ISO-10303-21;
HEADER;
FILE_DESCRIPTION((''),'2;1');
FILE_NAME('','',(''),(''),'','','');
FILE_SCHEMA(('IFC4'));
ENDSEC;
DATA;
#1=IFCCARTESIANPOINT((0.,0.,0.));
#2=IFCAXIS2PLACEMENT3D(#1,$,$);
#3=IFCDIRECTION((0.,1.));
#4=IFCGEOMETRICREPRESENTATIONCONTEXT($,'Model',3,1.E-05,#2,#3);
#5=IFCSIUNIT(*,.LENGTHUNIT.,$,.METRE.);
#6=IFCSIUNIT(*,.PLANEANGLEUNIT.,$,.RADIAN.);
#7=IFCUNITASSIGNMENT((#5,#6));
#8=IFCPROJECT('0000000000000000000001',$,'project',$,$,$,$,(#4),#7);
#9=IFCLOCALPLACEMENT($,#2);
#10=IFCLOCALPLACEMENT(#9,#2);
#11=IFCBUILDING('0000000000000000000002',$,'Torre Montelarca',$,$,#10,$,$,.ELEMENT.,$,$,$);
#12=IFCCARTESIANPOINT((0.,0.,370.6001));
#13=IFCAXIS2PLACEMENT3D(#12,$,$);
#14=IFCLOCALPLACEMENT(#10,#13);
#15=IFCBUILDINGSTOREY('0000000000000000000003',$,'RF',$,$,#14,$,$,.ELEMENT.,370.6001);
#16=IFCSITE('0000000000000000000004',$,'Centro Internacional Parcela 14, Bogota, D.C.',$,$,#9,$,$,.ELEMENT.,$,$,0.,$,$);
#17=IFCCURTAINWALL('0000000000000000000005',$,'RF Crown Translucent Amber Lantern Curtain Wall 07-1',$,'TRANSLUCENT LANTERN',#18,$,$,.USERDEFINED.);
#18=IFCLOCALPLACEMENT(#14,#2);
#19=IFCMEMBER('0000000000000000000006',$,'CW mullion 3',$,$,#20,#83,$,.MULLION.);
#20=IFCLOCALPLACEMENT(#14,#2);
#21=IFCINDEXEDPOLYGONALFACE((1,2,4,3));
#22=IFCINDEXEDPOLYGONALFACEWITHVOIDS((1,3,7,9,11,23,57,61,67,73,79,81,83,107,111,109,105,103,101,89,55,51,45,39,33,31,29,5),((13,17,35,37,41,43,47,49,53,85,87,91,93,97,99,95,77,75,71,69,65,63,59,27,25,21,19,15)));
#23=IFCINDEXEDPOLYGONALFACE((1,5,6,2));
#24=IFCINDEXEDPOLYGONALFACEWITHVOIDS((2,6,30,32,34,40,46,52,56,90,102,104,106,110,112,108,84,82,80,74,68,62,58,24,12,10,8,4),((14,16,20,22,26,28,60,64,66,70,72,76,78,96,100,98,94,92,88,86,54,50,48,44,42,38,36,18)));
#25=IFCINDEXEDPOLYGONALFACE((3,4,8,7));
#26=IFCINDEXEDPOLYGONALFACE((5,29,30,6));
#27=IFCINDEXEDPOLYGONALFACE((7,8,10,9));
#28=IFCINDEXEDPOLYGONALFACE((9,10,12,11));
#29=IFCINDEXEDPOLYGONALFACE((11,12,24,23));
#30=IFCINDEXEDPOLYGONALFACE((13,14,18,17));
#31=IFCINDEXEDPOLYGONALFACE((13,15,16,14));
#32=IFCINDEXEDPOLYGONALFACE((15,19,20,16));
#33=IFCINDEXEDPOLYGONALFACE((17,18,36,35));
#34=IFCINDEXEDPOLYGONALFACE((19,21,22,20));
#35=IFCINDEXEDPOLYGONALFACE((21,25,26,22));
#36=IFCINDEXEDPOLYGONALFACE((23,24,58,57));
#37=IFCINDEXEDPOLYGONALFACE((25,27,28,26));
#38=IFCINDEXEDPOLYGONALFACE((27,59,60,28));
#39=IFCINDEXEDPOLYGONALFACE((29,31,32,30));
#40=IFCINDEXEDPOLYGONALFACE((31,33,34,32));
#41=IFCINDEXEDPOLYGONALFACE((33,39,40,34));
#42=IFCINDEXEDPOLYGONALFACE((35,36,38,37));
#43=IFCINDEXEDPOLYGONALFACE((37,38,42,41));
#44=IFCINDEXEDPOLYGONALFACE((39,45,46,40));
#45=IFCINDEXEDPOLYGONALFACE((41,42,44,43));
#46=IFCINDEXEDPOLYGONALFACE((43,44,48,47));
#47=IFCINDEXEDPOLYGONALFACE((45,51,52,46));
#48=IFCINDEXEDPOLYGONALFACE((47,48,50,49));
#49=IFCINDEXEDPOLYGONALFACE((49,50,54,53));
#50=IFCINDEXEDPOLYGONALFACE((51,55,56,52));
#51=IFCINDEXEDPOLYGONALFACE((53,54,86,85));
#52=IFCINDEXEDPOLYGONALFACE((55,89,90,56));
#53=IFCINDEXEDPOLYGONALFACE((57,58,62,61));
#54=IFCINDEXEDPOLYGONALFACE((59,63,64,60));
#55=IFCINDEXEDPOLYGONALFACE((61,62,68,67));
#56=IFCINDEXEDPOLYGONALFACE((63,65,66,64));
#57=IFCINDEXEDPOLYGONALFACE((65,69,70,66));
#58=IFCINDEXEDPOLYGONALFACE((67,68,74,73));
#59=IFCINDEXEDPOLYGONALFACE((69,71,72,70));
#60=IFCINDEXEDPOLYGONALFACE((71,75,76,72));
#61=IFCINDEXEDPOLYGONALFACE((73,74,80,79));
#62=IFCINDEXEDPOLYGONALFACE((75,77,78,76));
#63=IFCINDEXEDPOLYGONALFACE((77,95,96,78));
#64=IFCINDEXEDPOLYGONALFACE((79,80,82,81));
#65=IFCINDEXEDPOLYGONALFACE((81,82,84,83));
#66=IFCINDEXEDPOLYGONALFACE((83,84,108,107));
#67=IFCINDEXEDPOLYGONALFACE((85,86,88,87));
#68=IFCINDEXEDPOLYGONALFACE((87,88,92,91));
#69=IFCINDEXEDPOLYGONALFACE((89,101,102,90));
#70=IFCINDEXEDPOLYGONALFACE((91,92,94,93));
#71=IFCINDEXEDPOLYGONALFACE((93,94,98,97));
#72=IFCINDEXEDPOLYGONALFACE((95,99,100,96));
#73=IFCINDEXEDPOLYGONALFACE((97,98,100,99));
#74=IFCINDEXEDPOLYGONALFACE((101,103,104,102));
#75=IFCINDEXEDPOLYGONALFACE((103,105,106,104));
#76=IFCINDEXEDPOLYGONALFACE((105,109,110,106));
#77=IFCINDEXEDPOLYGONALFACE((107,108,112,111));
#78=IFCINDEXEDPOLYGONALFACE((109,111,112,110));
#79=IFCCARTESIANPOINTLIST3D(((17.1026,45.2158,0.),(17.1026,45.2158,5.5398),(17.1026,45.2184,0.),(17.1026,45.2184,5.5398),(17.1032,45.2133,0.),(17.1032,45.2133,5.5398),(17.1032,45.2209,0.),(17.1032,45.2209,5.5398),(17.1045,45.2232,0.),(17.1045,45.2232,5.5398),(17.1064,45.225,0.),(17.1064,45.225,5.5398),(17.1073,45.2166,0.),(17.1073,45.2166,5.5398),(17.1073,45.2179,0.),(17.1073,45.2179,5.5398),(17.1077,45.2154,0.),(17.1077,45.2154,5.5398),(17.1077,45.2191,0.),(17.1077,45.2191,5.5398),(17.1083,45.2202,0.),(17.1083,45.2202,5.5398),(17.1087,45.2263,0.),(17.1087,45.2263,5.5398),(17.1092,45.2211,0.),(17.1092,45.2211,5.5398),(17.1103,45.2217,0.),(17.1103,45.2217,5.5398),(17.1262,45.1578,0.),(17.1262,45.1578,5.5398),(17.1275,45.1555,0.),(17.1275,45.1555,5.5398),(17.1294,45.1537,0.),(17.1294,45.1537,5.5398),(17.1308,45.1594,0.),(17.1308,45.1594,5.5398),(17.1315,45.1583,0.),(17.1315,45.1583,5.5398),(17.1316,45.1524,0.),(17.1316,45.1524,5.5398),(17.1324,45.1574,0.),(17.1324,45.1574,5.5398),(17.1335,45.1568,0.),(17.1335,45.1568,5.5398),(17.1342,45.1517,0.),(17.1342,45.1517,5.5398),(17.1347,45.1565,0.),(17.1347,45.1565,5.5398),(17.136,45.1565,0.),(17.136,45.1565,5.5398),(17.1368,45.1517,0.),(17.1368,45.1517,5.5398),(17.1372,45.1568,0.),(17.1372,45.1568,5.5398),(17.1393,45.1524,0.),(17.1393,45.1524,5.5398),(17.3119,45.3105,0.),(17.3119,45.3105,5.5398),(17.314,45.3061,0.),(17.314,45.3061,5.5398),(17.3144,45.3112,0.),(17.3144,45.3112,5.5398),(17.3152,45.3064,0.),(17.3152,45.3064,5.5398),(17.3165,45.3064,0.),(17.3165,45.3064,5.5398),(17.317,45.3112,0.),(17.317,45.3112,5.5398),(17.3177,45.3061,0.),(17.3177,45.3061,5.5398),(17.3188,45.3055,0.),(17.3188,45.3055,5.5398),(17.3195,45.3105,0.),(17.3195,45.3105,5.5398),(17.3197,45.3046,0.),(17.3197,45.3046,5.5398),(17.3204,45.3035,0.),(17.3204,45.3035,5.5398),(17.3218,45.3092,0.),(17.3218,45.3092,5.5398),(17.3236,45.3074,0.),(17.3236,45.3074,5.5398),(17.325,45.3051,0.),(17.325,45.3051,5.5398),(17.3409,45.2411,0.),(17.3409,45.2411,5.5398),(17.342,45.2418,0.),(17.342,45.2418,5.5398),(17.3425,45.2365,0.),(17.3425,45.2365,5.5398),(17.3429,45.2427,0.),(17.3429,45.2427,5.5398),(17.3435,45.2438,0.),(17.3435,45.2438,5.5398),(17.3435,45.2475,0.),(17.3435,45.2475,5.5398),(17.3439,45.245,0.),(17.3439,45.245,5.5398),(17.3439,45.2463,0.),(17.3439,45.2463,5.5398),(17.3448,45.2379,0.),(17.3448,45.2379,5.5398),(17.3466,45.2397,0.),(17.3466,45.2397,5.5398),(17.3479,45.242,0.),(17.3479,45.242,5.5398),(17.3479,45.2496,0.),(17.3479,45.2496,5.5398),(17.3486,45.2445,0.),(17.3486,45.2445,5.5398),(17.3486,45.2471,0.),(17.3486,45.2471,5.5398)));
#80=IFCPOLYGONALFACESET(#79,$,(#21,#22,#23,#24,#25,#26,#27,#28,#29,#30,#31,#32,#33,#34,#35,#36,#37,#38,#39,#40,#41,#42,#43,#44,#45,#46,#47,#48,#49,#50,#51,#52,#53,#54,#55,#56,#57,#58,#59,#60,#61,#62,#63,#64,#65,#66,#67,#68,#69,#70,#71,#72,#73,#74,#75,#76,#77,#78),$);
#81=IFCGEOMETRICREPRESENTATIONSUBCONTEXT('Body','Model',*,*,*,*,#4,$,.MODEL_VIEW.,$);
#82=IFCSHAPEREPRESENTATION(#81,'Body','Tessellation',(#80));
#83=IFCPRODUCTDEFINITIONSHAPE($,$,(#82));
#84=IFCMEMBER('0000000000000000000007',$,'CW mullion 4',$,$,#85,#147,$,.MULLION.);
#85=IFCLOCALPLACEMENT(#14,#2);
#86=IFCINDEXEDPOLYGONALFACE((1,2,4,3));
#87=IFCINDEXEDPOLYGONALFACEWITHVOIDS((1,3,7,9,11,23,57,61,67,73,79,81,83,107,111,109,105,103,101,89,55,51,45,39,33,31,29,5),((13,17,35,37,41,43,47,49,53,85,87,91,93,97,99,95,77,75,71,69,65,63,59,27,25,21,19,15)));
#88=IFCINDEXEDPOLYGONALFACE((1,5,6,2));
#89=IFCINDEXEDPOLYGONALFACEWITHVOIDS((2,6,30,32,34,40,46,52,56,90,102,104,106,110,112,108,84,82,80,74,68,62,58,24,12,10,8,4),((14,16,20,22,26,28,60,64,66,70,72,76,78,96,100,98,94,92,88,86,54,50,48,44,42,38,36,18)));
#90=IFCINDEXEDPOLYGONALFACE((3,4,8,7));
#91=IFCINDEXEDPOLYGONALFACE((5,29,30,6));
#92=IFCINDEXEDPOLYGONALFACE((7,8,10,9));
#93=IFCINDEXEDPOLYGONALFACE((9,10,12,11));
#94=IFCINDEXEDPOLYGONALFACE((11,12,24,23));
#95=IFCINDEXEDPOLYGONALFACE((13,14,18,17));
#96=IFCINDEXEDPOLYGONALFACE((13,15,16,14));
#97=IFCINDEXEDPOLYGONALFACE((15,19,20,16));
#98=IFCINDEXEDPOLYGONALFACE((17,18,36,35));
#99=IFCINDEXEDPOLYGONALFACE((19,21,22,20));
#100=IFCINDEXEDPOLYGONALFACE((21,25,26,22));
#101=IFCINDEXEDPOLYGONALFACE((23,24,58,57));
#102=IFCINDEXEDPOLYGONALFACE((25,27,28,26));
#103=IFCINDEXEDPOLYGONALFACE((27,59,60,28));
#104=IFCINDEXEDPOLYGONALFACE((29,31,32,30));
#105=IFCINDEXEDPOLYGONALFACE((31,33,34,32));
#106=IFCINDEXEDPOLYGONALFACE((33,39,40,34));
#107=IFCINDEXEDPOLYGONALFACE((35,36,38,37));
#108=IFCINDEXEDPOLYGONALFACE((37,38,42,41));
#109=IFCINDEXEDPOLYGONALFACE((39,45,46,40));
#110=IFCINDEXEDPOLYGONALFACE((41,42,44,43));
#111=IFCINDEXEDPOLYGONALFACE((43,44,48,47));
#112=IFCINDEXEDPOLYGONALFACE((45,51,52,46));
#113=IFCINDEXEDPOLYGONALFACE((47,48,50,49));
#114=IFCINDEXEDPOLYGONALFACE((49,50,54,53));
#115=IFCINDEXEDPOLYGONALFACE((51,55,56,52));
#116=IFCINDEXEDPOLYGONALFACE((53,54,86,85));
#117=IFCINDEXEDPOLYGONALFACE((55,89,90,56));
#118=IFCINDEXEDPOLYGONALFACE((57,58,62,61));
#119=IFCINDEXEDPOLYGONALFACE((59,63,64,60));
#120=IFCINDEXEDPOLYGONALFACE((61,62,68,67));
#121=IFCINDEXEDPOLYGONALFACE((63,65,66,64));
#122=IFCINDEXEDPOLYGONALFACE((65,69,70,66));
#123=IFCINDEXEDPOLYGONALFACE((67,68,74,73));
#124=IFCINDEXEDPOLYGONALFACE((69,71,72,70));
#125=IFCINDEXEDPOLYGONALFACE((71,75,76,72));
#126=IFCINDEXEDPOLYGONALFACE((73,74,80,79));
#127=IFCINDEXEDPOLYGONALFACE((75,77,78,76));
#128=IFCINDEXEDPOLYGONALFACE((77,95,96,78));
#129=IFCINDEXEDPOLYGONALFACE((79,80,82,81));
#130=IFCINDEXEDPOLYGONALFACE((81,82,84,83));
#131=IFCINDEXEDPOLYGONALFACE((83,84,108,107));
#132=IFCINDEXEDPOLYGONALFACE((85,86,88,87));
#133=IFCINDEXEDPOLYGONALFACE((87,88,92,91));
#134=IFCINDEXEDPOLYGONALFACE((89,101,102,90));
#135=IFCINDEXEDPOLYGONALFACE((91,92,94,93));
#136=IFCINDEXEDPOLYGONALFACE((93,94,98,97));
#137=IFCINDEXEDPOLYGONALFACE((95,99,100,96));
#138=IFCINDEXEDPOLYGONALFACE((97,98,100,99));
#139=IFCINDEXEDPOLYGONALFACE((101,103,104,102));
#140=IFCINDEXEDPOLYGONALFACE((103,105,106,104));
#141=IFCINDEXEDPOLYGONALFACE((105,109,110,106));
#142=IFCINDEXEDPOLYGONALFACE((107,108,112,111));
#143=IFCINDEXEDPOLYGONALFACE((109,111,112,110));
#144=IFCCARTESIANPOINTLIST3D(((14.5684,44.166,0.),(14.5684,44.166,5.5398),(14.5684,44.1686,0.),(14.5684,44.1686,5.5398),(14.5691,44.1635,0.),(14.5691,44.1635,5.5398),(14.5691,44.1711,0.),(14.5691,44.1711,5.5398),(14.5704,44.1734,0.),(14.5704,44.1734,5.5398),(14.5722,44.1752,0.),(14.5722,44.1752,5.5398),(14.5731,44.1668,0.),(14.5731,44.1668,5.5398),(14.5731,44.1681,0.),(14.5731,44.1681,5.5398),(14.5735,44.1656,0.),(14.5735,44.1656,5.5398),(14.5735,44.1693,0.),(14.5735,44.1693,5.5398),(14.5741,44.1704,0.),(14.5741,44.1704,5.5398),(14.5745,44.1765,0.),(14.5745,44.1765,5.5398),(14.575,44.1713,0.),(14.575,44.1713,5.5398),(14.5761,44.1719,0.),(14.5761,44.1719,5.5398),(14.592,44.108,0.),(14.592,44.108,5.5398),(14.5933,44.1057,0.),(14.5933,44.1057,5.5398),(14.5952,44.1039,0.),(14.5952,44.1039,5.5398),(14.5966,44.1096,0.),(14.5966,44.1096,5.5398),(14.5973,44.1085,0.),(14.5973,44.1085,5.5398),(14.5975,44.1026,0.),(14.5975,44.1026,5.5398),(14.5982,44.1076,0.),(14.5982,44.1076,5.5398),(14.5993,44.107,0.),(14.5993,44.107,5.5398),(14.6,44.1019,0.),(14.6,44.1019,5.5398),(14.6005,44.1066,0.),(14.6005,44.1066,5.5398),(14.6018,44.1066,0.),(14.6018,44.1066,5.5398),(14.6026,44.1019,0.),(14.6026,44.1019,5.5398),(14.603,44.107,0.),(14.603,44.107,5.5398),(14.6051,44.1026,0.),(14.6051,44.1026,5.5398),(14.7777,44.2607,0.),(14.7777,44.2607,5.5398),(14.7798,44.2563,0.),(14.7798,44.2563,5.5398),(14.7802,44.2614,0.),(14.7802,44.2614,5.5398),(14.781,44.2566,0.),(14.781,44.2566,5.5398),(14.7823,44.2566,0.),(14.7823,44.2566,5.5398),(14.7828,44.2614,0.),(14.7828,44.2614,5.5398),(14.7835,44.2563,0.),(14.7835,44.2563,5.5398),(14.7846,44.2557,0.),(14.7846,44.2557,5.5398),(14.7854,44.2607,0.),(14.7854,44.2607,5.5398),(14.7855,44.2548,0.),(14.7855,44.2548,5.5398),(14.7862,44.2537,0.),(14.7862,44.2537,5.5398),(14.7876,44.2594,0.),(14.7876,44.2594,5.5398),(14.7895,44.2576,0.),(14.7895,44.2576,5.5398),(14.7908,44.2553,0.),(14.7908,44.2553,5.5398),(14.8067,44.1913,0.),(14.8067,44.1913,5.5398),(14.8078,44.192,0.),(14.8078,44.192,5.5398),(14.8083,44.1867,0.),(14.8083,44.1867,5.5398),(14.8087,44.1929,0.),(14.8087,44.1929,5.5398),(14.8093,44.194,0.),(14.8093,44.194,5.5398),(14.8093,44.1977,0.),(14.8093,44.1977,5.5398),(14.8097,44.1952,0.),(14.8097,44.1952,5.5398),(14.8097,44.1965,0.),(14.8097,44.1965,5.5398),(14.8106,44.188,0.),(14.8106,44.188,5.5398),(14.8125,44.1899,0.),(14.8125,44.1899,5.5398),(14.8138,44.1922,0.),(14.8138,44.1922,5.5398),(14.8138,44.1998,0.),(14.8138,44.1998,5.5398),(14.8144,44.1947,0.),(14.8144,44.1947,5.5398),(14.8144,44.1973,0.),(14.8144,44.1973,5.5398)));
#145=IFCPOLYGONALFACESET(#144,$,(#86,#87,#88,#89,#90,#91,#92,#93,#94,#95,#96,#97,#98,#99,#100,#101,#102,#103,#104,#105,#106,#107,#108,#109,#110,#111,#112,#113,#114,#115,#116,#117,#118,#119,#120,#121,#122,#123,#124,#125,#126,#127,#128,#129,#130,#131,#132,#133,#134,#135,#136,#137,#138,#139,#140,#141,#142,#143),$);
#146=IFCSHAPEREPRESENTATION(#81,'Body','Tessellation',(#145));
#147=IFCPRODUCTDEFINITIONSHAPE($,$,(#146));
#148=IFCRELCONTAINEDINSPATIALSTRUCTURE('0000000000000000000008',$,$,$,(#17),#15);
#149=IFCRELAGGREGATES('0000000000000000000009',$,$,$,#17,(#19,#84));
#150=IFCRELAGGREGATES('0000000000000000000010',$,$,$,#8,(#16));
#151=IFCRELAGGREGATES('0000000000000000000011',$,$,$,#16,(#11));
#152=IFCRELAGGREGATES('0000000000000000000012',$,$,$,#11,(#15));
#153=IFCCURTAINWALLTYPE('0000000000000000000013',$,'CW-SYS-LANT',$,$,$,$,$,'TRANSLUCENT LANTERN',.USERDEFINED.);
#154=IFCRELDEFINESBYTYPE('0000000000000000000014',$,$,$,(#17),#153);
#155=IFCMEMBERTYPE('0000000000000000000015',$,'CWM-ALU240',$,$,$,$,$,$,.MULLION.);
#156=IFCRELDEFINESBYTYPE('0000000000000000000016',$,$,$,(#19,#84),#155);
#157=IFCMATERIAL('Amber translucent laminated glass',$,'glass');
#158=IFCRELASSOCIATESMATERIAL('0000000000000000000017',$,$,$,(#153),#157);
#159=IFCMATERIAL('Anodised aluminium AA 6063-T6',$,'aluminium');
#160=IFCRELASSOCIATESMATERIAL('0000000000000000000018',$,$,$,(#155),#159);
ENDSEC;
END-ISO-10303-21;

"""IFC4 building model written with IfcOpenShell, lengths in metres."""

from ifc_helpers import new_model, si_unit, direction, frame, origin, origin_2d, place, context, subcontext, project, spatial, hollow_rectangle, extrude, source, transform, mapped, material, material_profile, profile_set, type_object, element, aggregate, save


model = new_model("IFC4")

# Units and contexts
model_context = context("Model", 3, precision=1e-05, world=origin(), true_north=direction((0.0, 1.0)))
body_context = subcontext(model_context, "Body", "Model", "MODEL_VIEW")
ifc_project = project(units=[si_unit("LENGTHUNIT", "METRE"), si_unit("PLANEANGLEUNIT", "RADIAN")], contexts=[model_context])

# Site, building, storey
site_placement = place(None, origin())
site = spatial("IfcSite", under=ifc_project, at=site_placement, Name="Centro Internacional Parcela 14, Bogota, D.C.", CompositionType="ELEMENT", RefElevation=0.0)
building_placement = place(site_placement, origin())
building = spatial("IfcBuilding", under=site, at=building_placement, Name="Torre Montelarca", CompositionType="ELEMENT")
storey_placement = place(building_placement, frame((0.0, 0.0, 370.6001)))
storey = spatial("IfcBuildingStorey", under=building, at=storey_placement, Name="RF", CompositionType="ELEMENT", Elevation=370.6001)

# Curtain wall, members
ifc_material_1 = material(Name="Amber translucent laminated glass", Category="glass")
curtain_wall_type = type_object("IfcCurtainWallType", Name="CW-SYS-LANT", ElementType="TRANSLUCENT LANTERN", PredefinedType="USERDEFINED", material=ifc_material_1)
curtain_wall_placement = place(storey_placement, origin())
curtain_wall = element("IfcCurtainWall", 1, at=curtain_wall_placement, inside=storey, type_object=curtain_wall_type, Name="RF Crown Translucent Amber Lantern Curtain Wall 07-1", ObjectType="TRANSLUCENT LANTERN", PredefinedType="USERDEFINED")
ifc_material_2 = material(Name="Anodised aluminium AA 6063-T6", Category="aluminium")
ifc_material_profile_1 = material_profile(ifc_material_2, hollow_rectangle(XDim=0.0801, YDim=0.24, WallThickness=0.0049, InnerFilletRadius=0.0049, OuterFilletRadius=0.01, at=origin_2d()), Name="ALU80X240X5", Category="aluminium")
ifc_profile_set_1 = profile_set([ifc_material_profile_1], Name="Anodised aluminium AA 6063-T6")
member_type_1 = type_object("IfcMemberType", Name="CWM-ALU240", PredefinedType="MULLION", material=ifc_profile_set_1)
shared_shape_1 = source(origin(), body_context, "Body", "SweptSolid", [
    extrude(hollow_rectangle(XDim=0.0801, YDim=0.24, WallThickness=0.0049, InnerFilletRadius=0.0049, OuterFilletRadius=0.01, at=origin_2d()), origin(), (0.0, 0.0, 1.0), 5.5398),
])
member_1_placement = place(storey_placement, frame((17.2256, 45.2314, 0.0), z_axis=(0.0, 0.0, 1.0), x_axis=(0.382689, -0.923877, 0.0)))
member_1 = element("IfcMember", 2, at=member_1_placement, type_object=member_type_1, Name="CW mullion 3", PredefinedType="MULLION", context=body_context, shape_type="MappedRepresentation", body=[
    mapped(shared_shape_1, transform((0.0, 0.0, 0.0), scale=1.0)),
])
member_2_placement = place(storey_placement, frame((14.6914, 44.1816, 0.0), z_axis=(0.0, 0.0, 1.0), x_axis=(0.382689, -0.923877, 0.0)))
member_2 = element("IfcMember", 3, at=member_2_placement, type_object=member_type_1, Name="CW mullion 4", PredefinedType="MULLION", context=body_context, shape_type="MappedRepresentation", body=[
    mapped(shared_shape_1, transform((0.0, 0.0, 0.0), scale=1.0)),
])

aggregate(curtain_wall, [member_1, member_2])

save(model, "model.ifc")
